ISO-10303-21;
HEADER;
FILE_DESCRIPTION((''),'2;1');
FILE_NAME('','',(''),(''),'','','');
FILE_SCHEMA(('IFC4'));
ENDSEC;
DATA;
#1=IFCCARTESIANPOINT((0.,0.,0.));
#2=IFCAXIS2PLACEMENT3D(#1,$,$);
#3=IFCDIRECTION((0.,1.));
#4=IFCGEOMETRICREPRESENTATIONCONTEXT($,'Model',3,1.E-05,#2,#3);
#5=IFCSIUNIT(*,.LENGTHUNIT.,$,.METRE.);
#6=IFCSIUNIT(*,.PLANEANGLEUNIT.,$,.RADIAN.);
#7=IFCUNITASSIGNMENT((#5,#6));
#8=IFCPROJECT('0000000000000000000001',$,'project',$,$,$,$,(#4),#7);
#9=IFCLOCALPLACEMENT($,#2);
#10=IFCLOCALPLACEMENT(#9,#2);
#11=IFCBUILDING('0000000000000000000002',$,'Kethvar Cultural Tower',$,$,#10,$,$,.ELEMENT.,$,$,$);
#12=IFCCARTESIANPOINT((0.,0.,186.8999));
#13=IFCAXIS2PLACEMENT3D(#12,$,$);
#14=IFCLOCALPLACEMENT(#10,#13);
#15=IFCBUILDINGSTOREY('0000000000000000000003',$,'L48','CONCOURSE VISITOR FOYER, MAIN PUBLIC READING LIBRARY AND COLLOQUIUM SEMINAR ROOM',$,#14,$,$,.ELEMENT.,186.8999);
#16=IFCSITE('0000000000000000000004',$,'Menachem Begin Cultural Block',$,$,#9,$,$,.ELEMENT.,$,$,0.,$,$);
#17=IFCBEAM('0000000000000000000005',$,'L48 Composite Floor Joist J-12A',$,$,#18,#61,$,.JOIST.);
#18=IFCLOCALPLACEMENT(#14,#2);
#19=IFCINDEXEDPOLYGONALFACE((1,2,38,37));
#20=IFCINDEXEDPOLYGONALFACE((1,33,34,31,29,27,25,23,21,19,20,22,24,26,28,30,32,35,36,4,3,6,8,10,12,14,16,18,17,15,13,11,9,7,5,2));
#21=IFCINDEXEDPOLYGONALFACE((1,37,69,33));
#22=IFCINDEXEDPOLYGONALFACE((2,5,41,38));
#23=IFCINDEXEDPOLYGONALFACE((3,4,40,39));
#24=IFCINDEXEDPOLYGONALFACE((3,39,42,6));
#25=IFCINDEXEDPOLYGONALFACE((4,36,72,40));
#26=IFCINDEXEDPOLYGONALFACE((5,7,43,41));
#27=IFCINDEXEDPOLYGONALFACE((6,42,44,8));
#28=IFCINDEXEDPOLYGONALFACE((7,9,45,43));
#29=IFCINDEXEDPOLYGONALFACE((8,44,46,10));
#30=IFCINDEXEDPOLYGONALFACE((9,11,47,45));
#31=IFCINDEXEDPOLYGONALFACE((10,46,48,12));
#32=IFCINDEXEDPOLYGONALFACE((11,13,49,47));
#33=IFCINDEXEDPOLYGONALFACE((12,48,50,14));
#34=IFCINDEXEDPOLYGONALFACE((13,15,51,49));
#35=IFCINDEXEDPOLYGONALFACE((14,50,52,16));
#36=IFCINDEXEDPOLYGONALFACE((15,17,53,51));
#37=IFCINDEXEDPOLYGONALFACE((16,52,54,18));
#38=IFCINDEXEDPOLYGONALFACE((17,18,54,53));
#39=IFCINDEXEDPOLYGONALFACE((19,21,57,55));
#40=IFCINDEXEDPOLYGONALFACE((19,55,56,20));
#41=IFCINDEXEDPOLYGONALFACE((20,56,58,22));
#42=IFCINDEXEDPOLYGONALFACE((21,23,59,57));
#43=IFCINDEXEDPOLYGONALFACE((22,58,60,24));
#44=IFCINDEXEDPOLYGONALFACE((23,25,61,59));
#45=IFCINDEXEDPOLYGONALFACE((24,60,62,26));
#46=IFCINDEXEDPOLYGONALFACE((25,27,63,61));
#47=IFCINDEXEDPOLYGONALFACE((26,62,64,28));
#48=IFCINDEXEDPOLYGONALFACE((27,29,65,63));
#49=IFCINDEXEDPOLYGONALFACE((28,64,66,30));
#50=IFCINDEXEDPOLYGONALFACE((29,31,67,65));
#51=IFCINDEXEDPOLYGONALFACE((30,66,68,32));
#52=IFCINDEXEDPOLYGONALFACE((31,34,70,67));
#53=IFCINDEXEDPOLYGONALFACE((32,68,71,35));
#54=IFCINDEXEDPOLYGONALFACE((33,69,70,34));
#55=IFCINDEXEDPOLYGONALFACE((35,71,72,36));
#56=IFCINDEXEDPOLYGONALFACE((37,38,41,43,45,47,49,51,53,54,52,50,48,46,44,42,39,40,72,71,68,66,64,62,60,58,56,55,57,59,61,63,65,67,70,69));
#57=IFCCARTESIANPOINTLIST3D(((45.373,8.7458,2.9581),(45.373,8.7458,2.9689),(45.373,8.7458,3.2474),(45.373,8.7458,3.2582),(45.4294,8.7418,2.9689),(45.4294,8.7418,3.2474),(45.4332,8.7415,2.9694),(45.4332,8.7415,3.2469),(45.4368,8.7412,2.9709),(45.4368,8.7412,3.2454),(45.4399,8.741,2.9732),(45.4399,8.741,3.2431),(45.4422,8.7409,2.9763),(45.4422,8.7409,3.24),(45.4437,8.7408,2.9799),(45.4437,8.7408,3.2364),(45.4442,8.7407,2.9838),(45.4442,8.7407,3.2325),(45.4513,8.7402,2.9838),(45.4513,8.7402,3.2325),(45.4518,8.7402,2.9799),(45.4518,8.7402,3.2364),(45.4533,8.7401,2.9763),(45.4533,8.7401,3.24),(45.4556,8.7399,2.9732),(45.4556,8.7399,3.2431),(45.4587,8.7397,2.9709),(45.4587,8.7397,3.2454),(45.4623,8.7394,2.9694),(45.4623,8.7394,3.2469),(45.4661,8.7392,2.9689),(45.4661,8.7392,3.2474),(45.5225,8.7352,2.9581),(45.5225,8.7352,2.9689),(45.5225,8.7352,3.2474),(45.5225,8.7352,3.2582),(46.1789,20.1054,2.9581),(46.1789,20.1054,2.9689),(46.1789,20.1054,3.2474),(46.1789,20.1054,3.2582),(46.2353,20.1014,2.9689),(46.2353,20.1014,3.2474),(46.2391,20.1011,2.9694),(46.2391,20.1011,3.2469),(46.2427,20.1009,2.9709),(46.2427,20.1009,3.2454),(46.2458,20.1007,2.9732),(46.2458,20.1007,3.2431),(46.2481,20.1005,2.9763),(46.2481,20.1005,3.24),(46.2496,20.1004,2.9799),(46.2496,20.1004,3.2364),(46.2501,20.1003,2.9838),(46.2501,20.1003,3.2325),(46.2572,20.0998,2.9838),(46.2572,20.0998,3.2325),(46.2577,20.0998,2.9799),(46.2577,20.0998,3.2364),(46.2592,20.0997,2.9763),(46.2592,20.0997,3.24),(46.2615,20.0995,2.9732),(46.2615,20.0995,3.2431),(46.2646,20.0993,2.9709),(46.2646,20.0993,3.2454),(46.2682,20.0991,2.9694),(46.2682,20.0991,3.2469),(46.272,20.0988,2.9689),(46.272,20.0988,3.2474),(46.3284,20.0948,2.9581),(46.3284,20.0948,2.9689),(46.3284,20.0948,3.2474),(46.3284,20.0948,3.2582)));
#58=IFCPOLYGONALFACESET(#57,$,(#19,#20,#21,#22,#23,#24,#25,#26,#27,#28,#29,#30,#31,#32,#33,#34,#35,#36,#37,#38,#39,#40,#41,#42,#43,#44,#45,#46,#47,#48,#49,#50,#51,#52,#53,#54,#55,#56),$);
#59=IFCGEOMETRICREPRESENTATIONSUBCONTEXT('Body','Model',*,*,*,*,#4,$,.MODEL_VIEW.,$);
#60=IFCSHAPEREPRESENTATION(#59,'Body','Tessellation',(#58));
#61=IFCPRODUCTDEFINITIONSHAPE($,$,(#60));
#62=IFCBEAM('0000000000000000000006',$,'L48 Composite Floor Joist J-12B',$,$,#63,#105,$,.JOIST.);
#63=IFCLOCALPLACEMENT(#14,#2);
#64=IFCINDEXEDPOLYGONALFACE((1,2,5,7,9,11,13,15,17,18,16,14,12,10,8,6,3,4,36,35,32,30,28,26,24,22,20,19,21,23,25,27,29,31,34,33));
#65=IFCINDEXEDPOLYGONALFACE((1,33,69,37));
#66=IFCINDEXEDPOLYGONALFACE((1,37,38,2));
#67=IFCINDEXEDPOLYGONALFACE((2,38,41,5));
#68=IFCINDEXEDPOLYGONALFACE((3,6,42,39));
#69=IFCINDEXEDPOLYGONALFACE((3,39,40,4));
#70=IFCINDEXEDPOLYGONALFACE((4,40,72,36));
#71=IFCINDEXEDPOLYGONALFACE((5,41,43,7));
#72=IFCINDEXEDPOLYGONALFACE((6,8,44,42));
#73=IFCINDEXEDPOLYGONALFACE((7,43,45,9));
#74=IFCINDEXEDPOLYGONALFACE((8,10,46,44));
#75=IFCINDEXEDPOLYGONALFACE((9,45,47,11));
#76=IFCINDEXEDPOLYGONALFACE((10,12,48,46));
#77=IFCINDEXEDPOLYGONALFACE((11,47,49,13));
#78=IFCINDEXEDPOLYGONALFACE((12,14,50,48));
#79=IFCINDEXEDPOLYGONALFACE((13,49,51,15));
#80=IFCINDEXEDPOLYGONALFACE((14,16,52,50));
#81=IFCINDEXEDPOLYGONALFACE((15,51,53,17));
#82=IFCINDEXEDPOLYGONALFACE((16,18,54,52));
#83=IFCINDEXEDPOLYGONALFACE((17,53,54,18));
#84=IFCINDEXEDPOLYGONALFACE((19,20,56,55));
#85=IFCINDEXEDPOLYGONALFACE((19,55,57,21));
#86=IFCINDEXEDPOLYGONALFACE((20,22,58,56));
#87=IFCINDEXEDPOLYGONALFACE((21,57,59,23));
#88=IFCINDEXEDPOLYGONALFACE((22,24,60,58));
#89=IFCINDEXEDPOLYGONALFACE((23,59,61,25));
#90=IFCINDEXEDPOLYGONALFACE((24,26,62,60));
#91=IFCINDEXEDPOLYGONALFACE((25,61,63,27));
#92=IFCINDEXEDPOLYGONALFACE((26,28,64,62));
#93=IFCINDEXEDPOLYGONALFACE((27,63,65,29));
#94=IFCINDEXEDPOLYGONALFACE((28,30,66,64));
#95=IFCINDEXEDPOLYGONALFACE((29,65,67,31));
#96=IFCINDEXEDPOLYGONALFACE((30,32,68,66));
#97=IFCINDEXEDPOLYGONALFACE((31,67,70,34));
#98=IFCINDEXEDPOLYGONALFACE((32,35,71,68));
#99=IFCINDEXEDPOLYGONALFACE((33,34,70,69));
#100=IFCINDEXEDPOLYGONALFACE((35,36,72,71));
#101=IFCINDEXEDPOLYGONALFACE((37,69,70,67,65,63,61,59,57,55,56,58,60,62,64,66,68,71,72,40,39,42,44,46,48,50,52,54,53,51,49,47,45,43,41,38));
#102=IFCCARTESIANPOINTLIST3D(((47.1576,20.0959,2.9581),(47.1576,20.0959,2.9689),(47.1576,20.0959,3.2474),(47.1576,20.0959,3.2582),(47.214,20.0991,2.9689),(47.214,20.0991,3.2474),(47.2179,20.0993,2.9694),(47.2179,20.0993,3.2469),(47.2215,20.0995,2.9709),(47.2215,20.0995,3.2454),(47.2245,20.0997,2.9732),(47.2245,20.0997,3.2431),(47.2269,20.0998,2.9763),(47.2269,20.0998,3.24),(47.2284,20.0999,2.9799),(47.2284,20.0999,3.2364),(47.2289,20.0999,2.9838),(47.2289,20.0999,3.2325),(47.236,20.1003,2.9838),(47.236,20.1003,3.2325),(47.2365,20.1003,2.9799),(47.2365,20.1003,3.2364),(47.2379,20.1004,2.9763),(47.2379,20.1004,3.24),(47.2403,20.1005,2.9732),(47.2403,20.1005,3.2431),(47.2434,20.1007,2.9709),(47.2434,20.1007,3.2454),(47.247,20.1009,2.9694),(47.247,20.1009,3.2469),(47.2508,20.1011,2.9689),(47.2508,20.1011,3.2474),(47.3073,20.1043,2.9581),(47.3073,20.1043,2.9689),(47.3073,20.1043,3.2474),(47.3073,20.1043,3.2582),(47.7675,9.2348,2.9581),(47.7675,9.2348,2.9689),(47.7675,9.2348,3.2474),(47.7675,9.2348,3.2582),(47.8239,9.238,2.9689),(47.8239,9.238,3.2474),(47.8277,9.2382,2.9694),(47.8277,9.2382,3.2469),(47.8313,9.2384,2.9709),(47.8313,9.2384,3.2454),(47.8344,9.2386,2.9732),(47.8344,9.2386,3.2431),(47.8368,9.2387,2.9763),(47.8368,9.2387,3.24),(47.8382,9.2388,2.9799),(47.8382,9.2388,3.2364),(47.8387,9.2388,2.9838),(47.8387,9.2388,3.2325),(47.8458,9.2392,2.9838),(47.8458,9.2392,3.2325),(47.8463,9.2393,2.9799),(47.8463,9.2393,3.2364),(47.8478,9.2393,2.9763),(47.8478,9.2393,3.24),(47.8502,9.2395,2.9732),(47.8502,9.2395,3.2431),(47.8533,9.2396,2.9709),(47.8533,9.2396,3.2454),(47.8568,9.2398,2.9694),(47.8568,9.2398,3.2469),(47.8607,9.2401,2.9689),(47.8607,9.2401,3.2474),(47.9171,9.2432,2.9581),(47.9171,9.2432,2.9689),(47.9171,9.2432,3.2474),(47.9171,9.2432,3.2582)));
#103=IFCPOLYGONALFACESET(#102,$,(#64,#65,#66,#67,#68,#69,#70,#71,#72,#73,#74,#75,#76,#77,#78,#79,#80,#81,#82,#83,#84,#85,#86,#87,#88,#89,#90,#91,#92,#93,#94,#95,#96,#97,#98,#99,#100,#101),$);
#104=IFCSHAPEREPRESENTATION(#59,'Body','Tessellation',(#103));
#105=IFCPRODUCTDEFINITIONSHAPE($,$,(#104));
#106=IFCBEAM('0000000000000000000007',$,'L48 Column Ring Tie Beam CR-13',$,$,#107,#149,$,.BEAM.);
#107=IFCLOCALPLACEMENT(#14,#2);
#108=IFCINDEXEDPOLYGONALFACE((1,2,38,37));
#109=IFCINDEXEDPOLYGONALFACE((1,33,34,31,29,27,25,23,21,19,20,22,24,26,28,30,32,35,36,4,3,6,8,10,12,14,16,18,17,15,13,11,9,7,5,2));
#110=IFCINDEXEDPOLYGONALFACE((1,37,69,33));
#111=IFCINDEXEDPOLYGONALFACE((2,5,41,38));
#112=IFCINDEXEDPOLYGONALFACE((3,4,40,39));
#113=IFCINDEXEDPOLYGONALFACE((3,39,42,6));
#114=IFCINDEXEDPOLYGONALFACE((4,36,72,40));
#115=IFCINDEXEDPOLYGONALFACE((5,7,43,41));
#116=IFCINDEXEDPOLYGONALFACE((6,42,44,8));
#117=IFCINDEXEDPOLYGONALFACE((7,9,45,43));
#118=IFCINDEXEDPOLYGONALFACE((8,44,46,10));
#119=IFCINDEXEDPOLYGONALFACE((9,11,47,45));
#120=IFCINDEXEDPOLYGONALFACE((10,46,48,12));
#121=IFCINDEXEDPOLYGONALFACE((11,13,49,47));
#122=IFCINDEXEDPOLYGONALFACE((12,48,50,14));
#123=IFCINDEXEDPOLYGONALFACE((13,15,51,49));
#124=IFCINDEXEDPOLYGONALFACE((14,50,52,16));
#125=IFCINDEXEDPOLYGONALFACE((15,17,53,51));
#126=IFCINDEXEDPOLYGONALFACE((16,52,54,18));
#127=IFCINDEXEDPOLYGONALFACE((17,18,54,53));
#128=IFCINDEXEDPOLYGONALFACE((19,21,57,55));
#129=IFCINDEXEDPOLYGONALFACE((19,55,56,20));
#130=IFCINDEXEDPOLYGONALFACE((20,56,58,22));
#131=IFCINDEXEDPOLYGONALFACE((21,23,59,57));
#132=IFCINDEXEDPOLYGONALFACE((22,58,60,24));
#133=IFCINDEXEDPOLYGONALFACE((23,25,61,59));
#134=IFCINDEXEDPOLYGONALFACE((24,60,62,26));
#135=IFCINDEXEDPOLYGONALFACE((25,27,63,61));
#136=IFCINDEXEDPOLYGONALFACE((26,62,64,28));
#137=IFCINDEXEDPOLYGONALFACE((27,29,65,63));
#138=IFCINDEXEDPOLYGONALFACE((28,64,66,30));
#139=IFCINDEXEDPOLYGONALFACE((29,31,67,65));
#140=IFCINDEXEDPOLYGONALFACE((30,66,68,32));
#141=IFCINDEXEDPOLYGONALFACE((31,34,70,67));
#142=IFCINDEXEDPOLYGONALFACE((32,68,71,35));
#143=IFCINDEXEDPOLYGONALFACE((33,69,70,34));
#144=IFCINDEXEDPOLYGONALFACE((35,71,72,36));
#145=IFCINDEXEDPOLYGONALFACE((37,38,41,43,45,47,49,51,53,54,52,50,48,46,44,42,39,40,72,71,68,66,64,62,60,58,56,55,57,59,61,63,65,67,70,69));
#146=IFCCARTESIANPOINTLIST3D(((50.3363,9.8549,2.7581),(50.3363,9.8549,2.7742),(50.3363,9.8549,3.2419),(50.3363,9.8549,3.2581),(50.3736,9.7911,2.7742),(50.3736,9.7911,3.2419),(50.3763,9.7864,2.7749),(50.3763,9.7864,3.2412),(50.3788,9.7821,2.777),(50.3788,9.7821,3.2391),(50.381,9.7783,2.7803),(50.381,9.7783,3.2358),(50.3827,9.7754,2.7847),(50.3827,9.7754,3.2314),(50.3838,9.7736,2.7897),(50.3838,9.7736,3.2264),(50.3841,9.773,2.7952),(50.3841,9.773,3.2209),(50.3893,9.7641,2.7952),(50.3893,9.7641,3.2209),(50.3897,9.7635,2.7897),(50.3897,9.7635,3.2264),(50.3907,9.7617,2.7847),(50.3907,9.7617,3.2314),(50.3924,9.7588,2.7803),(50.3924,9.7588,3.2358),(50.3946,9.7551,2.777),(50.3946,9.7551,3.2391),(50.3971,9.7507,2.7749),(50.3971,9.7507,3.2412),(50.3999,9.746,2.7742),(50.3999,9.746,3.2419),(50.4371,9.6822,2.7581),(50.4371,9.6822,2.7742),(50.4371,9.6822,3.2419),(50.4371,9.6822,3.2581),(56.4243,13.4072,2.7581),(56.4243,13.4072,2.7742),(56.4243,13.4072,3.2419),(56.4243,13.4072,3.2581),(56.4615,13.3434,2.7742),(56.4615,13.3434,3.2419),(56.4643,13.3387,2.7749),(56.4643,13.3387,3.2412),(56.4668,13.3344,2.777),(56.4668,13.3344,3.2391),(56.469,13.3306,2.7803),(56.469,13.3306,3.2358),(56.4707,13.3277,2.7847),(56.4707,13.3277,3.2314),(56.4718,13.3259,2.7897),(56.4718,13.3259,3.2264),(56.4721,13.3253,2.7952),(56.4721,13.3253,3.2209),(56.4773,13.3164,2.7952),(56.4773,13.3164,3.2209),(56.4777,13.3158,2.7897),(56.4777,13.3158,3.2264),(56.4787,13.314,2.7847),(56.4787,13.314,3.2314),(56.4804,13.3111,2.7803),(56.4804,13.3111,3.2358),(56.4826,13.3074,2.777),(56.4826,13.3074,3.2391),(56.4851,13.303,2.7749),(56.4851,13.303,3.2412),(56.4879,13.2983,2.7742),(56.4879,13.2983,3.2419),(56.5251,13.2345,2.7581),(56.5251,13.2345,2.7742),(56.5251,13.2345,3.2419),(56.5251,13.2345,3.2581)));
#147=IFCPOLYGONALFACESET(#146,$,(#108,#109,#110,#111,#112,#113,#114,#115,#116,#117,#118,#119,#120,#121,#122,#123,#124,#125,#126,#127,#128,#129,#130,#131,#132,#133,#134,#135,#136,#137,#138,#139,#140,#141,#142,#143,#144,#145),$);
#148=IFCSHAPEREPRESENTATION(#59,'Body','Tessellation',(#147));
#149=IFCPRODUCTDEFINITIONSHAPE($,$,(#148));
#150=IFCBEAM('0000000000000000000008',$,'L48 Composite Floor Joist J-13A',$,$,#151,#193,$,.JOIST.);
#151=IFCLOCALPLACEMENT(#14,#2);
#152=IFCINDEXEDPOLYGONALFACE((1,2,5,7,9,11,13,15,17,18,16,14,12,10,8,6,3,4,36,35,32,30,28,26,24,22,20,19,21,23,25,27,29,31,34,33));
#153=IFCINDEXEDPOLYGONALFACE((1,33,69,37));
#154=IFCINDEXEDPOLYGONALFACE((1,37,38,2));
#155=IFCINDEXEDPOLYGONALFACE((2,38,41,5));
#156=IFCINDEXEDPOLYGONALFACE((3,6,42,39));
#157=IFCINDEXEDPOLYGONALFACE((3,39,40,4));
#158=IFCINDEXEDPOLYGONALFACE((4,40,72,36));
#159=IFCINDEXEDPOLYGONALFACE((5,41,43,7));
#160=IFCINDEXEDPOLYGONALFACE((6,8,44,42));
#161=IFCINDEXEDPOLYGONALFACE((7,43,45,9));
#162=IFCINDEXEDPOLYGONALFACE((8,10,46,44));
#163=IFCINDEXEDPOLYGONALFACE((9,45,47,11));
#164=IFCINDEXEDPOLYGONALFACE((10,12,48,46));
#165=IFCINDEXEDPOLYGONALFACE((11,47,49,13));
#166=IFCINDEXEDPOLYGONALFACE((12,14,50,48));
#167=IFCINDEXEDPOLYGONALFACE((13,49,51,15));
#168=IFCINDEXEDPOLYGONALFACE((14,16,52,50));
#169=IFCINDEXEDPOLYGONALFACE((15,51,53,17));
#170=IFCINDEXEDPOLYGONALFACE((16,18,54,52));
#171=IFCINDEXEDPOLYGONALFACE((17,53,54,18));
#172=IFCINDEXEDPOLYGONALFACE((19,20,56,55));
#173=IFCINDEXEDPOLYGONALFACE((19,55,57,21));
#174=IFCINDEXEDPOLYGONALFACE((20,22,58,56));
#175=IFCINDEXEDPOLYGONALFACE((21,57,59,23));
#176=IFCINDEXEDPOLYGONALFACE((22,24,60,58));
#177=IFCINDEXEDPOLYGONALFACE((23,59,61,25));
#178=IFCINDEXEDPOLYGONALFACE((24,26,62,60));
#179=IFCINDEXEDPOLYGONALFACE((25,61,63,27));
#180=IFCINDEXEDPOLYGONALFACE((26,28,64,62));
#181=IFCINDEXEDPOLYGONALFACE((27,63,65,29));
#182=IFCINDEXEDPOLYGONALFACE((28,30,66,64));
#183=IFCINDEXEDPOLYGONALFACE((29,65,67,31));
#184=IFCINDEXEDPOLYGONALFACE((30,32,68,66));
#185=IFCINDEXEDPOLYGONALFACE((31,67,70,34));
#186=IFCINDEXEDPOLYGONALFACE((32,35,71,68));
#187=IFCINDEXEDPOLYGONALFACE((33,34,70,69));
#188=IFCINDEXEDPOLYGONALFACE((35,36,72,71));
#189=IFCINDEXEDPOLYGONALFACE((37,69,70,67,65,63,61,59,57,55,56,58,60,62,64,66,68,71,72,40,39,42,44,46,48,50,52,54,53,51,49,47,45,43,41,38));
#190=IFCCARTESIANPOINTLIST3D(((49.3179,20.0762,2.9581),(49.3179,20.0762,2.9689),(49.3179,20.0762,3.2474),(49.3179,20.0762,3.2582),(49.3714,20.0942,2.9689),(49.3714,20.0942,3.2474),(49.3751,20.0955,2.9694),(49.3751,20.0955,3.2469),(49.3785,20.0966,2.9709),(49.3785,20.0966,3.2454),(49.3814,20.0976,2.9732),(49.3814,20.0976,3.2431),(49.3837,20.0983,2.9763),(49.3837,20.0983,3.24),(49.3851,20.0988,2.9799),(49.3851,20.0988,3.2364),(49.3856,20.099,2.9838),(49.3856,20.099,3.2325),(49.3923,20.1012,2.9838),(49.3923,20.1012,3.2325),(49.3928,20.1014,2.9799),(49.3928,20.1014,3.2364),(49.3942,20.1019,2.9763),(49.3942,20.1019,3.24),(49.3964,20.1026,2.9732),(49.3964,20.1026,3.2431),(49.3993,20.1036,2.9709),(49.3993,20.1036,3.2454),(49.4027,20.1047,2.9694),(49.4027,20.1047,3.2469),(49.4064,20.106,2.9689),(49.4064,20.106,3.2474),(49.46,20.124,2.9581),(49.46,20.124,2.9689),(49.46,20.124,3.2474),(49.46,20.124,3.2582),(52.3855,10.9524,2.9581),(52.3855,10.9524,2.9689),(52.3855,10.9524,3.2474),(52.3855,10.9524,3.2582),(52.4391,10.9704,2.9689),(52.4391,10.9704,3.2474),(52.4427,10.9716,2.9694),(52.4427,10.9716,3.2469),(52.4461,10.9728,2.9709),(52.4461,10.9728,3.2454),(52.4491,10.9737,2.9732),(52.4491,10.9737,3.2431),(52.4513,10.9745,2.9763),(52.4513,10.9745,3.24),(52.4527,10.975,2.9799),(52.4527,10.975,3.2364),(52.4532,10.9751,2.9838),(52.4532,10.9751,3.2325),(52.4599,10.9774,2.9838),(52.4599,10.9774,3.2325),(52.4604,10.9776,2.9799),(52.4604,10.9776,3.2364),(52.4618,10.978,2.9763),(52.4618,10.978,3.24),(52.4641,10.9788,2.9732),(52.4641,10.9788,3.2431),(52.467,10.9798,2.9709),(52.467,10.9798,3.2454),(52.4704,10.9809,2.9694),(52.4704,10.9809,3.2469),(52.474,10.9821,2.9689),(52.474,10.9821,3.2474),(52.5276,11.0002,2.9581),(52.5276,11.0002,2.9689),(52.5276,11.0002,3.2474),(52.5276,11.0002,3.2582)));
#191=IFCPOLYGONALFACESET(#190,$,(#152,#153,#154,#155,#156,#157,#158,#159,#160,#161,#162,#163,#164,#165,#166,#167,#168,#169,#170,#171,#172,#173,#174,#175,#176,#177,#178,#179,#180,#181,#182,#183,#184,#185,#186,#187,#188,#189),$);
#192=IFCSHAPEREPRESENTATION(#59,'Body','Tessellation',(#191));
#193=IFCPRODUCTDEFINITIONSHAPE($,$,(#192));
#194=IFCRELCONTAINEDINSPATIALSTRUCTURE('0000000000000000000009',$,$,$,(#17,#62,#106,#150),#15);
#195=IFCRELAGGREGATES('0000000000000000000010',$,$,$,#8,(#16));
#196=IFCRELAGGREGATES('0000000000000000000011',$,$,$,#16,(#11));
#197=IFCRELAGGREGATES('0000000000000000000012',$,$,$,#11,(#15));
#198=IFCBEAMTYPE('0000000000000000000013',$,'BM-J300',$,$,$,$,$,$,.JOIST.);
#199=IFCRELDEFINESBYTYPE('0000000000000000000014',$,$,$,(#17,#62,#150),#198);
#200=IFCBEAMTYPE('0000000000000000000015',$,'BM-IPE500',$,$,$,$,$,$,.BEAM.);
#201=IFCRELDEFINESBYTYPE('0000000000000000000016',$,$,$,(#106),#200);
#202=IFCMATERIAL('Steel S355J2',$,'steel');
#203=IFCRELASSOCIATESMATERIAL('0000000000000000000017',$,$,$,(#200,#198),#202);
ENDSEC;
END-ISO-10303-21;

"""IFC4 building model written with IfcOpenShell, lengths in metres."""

from ifc_helpers import new_model, si_unit, direction, frame, origin, origin_2d, place, context, subcontext, project, spatial, i_section, extrude, source, transform, mapped, material, material_profile, profile_set, type_object, element, save


model = new_model("IFC4")

# Units and contexts
model_context = context("Model", 3, precision=1e-05, world=origin(), true_north=direction((0.0, 1.0)))
body_context = subcontext(model_context, "Body", "Model", "MODEL_VIEW")
ifc_project = project(units=[si_unit("LENGTHUNIT", "METRE"), si_unit("PLANEANGLEUNIT", "RADIAN")], contexts=[model_context])

# Site, building, storey
site_placement = place(None, origin())
site = spatial("IfcSite", under=ifc_project, at=site_placement, Name="Menachem Begin Cultural Block", CompositionType="ELEMENT", RefElevation=0.0)
building_placement = place(site_placement, origin())
building = spatial("IfcBuilding", under=site, at=building_placement, Name="Kethvar Cultural Tower", CompositionType="ELEMENT")
storey_placement = place(building_placement, frame((0.0, 0.0, 186.8999)))
storey = spatial("IfcBuildingStorey", under=building, at=storey_placement, Name="L48", Description="CONCOURSE VISITOR FOYER, MAIN PUBLIC READING LIBRARY AND COLLOQUIUM SEMINAR ROOM", CompositionType="ELEMENT", Elevation=186.8999)

# Beams
ifc_material_1 = material(Name="Steel S355J2", Category="steel")
ifc_material_profile_1 = material_profile(ifc_material_1, i_section(OverallWidth=0.2, OverallDepth=0.5, WebThickness=0.0103, FlangeThickness=0.0161, FilletRadius=0.021, at=origin_2d()), Name="Steel S355J2 — IPE500")
ifc_profile_set_1 = profile_set([ifc_material_profile_1], Name="Steel S355J2 — IPE500")
beam_type_1 = type_object("IfcBeamType", Name="BM-IPE500", PredefinedType="BEAM", material=ifc_profile_set_1)
ifc_material_profile_2 = material_profile(ifc_material_1, i_section(OverallWidth=0.1499, OverallDepth=0.3, WebThickness=0.0071, FlangeThickness=0.0107, FilletRadius=0.0149, at=origin_2d()), Name="Steel S355J2 — IPE300")
ifc_profile_set_2 = profile_set([ifc_material_profile_2], Name="Steel S355J2 — IPE300")
beam_type_2 = type_object("IfcBeamType", Name="BM-J300", PredefinedType="JOIST", material=ifc_profile_set_2)
shared_shape_1 = source(origin(), body_context, "Body", "SweptSolid", [
    extrude(i_section(OverallWidth=0.1499, OverallDepth=0.3, WebThickness=0.0071, FlangeThickness=0.0107, FilletRadius=0.0149, at=origin_2d()), origin(), (0.0, 0.0, 1.0), 11.3882),
])
beam_1_placement = place(storey_placement, frame((46.2537, 20.1001, 3.1082), z_axis=(-0.070767, -0.997493, 0.0), x_axis=(0.997493, -0.070767, 0.0)))
element("IfcBeam", 1, at=beam_1_placement, inside=storey, type_object=beam_type_2, Name="L48 Composite Floor Joist J-12A", PredefinedType="JOIST", context=body_context, shape_type="MappedRepresentation", body=[
    mapped(shared_shape_1, transform((0.0, 0.0, 0.0), scale=1.0)),
])
shared_shape_2 = source(origin(), body_context, "Body", "SweptSolid", [
    extrude(i_section(OverallWidth=0.1499, OverallDepth=0.3, WebThickness=0.0071, FlangeThickness=0.0107, FilletRadius=0.0149, at=origin_2d()), origin(), (0.0, 0.0, 1.0), 10.8782),
])
beam_2_placement = place(storey_placement, frame((47.2324, 20.1001, 3.1082), z_axis=(0.056063, -0.998427, 0.0), x_axis=(0.998427, 0.056063, 0.0)))
element("IfcBeam", 2, at=beam_2_placement, inside=storey, type_object=beam_type_2, Name="L48 Composite Floor Joist J-12B", PredefinedType="JOIST", context=body_context, shape_type="MappedRepresentation", body=[
    mapped(shared_shape_2, transform((0.0, 0.0, 0.0), scale=1.0)),
])
shared_shape_3 = source(origin(), body_context, "Body", "SweptSolid", [
    extrude(i_section(OverallWidth=0.2, OverallDepth=0.5, WebThickness=0.0103, FlangeThickness=0.0161, FilletRadius=0.021, at=origin_2d()), origin(), (0.0, 0.0, 1.0), 7.0486),
])
beam_3_placement = place(storey_placement, frame((50.3867, 9.7686, 3.0081), z_axis=(0.863719, 0.503974, 0.0), x_axis=(-0.503974, 0.863719, 0.0)))
element("IfcBeam", 3, at=beam_3_placement, inside=storey, type_object=beam_type_1, Name="L48 Column Ring Tie Beam CR-13", PredefinedType="BEAM", context=body_context, shape_type="MappedRepresentation", body=[
    mapped(shared_shape_3, transform((0.0, 0.0, 0.0), scale=1.0)),
])
shared_shape_4 = source(origin(), body_context, "Body", "SweptSolid", [
    extrude(i_section(OverallWidth=0.1499, OverallDepth=0.3, WebThickness=0.0071, FlangeThickness=0.0107, FilletRadius=0.0149, at=origin_2d()), origin(), (0.0, 0.0, 1.0), 9.6257),
])
beam_4_placement = place(storey_placement, frame((49.3889, 20.1001, 3.1082), z_axis=(0.318692, -0.947858, 0.0), x_axis=(0.947858, 0.318692, 0.0)))
element("IfcBeam", 4, at=beam_4_placement, inside=storey, type_object=beam_type_2, Name="L48 Composite Floor Joist J-13A", PredefinedType="JOIST", context=body_context, shape_type="MappedRepresentation", body=[
    mapped(shared_shape_4, transform((0.0, 0.0, 0.0), scale=1.0)),
])

save(model, "model.ifc")
